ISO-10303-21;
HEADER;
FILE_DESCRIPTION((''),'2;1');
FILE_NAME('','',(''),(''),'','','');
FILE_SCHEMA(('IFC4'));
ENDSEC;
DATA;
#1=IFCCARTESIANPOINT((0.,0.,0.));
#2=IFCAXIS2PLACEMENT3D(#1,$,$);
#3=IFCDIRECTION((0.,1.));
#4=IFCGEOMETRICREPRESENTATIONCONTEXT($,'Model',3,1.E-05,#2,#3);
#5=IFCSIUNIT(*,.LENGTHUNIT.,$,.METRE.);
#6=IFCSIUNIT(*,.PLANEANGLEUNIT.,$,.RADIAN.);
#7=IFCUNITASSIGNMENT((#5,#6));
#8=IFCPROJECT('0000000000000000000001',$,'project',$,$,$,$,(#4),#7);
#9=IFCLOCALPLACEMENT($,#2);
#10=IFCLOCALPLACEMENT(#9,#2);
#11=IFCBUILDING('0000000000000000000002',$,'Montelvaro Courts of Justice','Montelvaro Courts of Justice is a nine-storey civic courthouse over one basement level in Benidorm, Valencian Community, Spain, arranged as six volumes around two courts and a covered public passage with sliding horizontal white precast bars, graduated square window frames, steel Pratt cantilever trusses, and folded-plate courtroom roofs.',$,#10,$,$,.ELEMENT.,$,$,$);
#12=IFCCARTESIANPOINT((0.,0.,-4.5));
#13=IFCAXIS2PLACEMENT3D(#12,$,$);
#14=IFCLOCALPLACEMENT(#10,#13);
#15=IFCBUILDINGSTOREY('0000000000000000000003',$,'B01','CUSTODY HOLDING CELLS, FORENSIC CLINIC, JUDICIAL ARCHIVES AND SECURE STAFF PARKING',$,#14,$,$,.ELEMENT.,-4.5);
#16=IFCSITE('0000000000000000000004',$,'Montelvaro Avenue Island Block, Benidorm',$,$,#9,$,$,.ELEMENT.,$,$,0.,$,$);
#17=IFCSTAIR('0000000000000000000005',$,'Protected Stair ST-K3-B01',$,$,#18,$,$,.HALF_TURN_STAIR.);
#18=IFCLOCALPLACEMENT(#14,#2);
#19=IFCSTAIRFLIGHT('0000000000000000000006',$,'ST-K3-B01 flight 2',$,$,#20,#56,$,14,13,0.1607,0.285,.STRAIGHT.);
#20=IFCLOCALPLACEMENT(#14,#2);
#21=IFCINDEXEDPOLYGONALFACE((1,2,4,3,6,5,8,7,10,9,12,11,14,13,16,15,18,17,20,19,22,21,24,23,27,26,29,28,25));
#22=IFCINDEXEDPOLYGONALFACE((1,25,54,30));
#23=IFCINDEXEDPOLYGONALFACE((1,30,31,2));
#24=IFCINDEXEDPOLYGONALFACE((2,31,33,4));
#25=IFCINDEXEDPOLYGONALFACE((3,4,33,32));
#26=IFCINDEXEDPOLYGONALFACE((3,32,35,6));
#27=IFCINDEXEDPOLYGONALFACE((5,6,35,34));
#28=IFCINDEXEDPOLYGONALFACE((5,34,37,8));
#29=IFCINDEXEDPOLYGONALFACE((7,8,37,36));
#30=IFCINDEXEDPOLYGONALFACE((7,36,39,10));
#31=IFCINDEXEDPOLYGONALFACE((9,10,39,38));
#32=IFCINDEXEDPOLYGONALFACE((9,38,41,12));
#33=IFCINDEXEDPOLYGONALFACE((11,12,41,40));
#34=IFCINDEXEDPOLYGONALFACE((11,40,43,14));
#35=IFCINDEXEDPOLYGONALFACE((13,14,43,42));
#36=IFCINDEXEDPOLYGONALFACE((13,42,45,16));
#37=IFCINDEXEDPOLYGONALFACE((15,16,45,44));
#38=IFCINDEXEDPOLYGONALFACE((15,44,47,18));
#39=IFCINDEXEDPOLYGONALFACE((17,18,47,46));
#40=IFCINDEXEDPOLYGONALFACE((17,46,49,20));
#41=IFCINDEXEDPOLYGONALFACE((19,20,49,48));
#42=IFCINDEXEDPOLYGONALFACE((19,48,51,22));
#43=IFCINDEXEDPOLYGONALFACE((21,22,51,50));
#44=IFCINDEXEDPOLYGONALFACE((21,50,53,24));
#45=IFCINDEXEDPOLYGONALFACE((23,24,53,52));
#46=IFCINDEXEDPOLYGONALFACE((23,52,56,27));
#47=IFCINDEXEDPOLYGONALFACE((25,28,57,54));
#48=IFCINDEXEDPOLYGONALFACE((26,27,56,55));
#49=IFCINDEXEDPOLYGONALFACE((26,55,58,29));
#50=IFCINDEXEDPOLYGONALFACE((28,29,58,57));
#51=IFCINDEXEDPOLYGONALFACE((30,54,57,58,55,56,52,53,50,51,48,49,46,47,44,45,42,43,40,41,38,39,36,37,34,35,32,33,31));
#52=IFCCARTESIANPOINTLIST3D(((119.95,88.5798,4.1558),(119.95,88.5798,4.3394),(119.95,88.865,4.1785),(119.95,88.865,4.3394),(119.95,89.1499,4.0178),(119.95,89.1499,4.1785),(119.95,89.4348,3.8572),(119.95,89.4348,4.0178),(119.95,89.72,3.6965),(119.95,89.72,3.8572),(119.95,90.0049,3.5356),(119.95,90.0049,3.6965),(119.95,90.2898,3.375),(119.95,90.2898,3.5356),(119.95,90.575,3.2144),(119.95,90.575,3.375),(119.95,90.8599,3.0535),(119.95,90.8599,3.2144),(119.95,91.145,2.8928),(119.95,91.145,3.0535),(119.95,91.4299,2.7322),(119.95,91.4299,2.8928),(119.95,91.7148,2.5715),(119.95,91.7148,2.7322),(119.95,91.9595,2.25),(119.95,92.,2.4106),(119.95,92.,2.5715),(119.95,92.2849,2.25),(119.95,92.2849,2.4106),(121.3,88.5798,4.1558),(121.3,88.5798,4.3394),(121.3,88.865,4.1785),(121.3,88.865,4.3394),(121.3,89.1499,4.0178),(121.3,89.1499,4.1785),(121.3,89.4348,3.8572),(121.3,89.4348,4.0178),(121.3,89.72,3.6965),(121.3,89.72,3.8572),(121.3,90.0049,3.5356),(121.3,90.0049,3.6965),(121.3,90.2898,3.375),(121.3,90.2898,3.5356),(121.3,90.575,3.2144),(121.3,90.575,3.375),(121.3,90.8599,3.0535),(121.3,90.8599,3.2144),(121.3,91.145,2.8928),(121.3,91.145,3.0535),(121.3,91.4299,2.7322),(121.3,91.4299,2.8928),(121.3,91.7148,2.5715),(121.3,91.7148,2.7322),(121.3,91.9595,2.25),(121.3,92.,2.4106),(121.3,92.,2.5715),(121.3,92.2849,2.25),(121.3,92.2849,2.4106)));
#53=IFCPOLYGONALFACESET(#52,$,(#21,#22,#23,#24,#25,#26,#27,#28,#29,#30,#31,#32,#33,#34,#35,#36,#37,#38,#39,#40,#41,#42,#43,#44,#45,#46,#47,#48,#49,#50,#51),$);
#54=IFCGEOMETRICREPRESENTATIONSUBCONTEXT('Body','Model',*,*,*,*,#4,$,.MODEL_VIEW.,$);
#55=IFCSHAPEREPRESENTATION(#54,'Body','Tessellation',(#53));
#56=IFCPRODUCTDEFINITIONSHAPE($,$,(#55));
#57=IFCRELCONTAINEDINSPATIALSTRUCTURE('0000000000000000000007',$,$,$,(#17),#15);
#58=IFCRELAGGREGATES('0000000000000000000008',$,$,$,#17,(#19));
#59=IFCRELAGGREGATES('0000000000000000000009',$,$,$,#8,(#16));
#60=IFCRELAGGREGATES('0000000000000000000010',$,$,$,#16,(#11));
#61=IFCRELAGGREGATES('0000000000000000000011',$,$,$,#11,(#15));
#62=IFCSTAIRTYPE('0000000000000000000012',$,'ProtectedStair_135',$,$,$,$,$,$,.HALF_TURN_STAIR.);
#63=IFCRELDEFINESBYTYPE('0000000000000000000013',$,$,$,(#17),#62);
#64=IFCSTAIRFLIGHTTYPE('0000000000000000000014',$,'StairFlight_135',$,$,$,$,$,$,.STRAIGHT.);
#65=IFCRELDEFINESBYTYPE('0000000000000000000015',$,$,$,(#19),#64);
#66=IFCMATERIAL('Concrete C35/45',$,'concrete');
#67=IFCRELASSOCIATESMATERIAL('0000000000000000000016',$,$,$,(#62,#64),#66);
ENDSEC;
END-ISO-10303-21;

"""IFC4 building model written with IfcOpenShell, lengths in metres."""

from ifc_helpers import new_model, si_unit, direction, frame, origin, place, context, subcontext, project, spatial, polyline, outline, extrude, material, type_object, element, aggregate, save


model = new_model("IFC4")

# Units and contexts
model_context = context("Model", 3, precision=1e-05, world=origin(), true_north=direction((0.0, 1.0)))
body_context = subcontext(model_context, "Body", "Model", "MODEL_VIEW")
ifc_project = project(units=[si_unit("LENGTHUNIT", "METRE"), si_unit("PLANEANGLEUNIT", "RADIAN")], contexts=[model_context])

# Site, building, storey
site_placement = place(None, origin())
site = spatial("IfcSite", under=ifc_project, at=site_placement, Name="Montelvaro Avenue Island Block, Benidorm", CompositionType="ELEMENT", RefElevation=0.0)
building_placement = place(site_placement, origin())
building = spatial("IfcBuilding", under=site, at=building_placement, Name="Montelvaro Courts of Justice", Description="Montelvaro Courts of Justice is a nine-storey civic courthouse over one basement level in Benidorm, Valencian Community, Spain, arranged as six volumes around two courts and a covered public passage with sliding horizontal white precast bars, graduated square window frames, steel Pratt cantilever trusses, and folded-plate courtroom roofs.", CompositionType="ELEMENT")
storey_placement = place(building_placement, frame((0.0, 0.0, -4.5)))
storey = spatial("IfcBuildingStorey", under=building, at=storey_placement, Name="B01", Description="CUSTODY HOLDING CELLS, FORENSIC CLINIC, JUDICIAL ARCHIVES AND SECURE STAFF PARKING", CompositionType="ELEMENT", Elevation=-4.5)

# Shared definitions
ifc_material_1 = material(Name="Concrete C35/45", Category="concrete")

# Stair, stair flight
stair_type = type_object("IfcStairType", Name="ProtectedStair_135", PredefinedType="HALF_TURN_STAIR", material=ifc_material_1)
stair_placement = place(storey_placement, origin())
stair = element("IfcStair", 1, at=stair_placement, inside=storey, type_object=stair_type, Name="Protected Stair ST-K3-B01", PredefinedType="HALF_TURN_STAIR")
stair_flight_type = type_object("IfcStairFlightType", Name="StairFlight_135", PredefinedType="STRAIGHT", material=ifc_material_1)
stair_flight_placement = place(storey_placement, frame((120.625, 92.2849, 2.25), z_axis=(0.0, 0.0, 1.0), x_axis=(0.0, -1.0, 0.0)))
stair_flight = element("IfcStairFlight", 2, at=stair_flight_placement, type_object=stair_flight_type, Name="ST-K3-B01 flight 2", NumberOfRisers=14, NumberOfTreads=13, PredefinedType="STRAIGHT", RiserHeight=0.1607, TreadLength=0.285, context=body_context, shape_type="SweptSolid", body=[
    extrude(outline(polyline([(0.0, 0.0), (0.0, 0.1606), (0.2849, 0.1606), (0.2849, 0.3215), (0.5701, 0.3215), (0.5701, 0.4822), (0.855, 0.4822), (0.855, 0.6428), (1.1399, 0.6428), (1.1399, 0.8035), (1.425, 0.8035), (1.425, 0.9644), (1.71, 0.9644), (1.71, 1.125), (1.9951, 1.125), (1.9951, 1.2856), (2.28, 1.2856), (2.28, 1.4465), (2.5649, 1.4465), (2.5649, 1.6072), (2.8501, 1.6072), (2.8501, 1.7678), (3.135, 1.7678), (3.135, 1.9285), (3.4199, 1.9285), (3.4199, 2.0894), (3.7051, 2.0894), (3.7051, 2.25), (3.7051, 1.9058), (0.3254, 0.0), (0.0, 0.0)])), frame((0.0, 0.675, 0.0), z_axis=(0.0, -1.0, 0.0), x_axis=(1.0, 0.0, 0.0)), (0.0, 0.0, 1.0), 1.3501),
])
aggregate(stair, [stair_flight])

save(model, "model.ifc")
